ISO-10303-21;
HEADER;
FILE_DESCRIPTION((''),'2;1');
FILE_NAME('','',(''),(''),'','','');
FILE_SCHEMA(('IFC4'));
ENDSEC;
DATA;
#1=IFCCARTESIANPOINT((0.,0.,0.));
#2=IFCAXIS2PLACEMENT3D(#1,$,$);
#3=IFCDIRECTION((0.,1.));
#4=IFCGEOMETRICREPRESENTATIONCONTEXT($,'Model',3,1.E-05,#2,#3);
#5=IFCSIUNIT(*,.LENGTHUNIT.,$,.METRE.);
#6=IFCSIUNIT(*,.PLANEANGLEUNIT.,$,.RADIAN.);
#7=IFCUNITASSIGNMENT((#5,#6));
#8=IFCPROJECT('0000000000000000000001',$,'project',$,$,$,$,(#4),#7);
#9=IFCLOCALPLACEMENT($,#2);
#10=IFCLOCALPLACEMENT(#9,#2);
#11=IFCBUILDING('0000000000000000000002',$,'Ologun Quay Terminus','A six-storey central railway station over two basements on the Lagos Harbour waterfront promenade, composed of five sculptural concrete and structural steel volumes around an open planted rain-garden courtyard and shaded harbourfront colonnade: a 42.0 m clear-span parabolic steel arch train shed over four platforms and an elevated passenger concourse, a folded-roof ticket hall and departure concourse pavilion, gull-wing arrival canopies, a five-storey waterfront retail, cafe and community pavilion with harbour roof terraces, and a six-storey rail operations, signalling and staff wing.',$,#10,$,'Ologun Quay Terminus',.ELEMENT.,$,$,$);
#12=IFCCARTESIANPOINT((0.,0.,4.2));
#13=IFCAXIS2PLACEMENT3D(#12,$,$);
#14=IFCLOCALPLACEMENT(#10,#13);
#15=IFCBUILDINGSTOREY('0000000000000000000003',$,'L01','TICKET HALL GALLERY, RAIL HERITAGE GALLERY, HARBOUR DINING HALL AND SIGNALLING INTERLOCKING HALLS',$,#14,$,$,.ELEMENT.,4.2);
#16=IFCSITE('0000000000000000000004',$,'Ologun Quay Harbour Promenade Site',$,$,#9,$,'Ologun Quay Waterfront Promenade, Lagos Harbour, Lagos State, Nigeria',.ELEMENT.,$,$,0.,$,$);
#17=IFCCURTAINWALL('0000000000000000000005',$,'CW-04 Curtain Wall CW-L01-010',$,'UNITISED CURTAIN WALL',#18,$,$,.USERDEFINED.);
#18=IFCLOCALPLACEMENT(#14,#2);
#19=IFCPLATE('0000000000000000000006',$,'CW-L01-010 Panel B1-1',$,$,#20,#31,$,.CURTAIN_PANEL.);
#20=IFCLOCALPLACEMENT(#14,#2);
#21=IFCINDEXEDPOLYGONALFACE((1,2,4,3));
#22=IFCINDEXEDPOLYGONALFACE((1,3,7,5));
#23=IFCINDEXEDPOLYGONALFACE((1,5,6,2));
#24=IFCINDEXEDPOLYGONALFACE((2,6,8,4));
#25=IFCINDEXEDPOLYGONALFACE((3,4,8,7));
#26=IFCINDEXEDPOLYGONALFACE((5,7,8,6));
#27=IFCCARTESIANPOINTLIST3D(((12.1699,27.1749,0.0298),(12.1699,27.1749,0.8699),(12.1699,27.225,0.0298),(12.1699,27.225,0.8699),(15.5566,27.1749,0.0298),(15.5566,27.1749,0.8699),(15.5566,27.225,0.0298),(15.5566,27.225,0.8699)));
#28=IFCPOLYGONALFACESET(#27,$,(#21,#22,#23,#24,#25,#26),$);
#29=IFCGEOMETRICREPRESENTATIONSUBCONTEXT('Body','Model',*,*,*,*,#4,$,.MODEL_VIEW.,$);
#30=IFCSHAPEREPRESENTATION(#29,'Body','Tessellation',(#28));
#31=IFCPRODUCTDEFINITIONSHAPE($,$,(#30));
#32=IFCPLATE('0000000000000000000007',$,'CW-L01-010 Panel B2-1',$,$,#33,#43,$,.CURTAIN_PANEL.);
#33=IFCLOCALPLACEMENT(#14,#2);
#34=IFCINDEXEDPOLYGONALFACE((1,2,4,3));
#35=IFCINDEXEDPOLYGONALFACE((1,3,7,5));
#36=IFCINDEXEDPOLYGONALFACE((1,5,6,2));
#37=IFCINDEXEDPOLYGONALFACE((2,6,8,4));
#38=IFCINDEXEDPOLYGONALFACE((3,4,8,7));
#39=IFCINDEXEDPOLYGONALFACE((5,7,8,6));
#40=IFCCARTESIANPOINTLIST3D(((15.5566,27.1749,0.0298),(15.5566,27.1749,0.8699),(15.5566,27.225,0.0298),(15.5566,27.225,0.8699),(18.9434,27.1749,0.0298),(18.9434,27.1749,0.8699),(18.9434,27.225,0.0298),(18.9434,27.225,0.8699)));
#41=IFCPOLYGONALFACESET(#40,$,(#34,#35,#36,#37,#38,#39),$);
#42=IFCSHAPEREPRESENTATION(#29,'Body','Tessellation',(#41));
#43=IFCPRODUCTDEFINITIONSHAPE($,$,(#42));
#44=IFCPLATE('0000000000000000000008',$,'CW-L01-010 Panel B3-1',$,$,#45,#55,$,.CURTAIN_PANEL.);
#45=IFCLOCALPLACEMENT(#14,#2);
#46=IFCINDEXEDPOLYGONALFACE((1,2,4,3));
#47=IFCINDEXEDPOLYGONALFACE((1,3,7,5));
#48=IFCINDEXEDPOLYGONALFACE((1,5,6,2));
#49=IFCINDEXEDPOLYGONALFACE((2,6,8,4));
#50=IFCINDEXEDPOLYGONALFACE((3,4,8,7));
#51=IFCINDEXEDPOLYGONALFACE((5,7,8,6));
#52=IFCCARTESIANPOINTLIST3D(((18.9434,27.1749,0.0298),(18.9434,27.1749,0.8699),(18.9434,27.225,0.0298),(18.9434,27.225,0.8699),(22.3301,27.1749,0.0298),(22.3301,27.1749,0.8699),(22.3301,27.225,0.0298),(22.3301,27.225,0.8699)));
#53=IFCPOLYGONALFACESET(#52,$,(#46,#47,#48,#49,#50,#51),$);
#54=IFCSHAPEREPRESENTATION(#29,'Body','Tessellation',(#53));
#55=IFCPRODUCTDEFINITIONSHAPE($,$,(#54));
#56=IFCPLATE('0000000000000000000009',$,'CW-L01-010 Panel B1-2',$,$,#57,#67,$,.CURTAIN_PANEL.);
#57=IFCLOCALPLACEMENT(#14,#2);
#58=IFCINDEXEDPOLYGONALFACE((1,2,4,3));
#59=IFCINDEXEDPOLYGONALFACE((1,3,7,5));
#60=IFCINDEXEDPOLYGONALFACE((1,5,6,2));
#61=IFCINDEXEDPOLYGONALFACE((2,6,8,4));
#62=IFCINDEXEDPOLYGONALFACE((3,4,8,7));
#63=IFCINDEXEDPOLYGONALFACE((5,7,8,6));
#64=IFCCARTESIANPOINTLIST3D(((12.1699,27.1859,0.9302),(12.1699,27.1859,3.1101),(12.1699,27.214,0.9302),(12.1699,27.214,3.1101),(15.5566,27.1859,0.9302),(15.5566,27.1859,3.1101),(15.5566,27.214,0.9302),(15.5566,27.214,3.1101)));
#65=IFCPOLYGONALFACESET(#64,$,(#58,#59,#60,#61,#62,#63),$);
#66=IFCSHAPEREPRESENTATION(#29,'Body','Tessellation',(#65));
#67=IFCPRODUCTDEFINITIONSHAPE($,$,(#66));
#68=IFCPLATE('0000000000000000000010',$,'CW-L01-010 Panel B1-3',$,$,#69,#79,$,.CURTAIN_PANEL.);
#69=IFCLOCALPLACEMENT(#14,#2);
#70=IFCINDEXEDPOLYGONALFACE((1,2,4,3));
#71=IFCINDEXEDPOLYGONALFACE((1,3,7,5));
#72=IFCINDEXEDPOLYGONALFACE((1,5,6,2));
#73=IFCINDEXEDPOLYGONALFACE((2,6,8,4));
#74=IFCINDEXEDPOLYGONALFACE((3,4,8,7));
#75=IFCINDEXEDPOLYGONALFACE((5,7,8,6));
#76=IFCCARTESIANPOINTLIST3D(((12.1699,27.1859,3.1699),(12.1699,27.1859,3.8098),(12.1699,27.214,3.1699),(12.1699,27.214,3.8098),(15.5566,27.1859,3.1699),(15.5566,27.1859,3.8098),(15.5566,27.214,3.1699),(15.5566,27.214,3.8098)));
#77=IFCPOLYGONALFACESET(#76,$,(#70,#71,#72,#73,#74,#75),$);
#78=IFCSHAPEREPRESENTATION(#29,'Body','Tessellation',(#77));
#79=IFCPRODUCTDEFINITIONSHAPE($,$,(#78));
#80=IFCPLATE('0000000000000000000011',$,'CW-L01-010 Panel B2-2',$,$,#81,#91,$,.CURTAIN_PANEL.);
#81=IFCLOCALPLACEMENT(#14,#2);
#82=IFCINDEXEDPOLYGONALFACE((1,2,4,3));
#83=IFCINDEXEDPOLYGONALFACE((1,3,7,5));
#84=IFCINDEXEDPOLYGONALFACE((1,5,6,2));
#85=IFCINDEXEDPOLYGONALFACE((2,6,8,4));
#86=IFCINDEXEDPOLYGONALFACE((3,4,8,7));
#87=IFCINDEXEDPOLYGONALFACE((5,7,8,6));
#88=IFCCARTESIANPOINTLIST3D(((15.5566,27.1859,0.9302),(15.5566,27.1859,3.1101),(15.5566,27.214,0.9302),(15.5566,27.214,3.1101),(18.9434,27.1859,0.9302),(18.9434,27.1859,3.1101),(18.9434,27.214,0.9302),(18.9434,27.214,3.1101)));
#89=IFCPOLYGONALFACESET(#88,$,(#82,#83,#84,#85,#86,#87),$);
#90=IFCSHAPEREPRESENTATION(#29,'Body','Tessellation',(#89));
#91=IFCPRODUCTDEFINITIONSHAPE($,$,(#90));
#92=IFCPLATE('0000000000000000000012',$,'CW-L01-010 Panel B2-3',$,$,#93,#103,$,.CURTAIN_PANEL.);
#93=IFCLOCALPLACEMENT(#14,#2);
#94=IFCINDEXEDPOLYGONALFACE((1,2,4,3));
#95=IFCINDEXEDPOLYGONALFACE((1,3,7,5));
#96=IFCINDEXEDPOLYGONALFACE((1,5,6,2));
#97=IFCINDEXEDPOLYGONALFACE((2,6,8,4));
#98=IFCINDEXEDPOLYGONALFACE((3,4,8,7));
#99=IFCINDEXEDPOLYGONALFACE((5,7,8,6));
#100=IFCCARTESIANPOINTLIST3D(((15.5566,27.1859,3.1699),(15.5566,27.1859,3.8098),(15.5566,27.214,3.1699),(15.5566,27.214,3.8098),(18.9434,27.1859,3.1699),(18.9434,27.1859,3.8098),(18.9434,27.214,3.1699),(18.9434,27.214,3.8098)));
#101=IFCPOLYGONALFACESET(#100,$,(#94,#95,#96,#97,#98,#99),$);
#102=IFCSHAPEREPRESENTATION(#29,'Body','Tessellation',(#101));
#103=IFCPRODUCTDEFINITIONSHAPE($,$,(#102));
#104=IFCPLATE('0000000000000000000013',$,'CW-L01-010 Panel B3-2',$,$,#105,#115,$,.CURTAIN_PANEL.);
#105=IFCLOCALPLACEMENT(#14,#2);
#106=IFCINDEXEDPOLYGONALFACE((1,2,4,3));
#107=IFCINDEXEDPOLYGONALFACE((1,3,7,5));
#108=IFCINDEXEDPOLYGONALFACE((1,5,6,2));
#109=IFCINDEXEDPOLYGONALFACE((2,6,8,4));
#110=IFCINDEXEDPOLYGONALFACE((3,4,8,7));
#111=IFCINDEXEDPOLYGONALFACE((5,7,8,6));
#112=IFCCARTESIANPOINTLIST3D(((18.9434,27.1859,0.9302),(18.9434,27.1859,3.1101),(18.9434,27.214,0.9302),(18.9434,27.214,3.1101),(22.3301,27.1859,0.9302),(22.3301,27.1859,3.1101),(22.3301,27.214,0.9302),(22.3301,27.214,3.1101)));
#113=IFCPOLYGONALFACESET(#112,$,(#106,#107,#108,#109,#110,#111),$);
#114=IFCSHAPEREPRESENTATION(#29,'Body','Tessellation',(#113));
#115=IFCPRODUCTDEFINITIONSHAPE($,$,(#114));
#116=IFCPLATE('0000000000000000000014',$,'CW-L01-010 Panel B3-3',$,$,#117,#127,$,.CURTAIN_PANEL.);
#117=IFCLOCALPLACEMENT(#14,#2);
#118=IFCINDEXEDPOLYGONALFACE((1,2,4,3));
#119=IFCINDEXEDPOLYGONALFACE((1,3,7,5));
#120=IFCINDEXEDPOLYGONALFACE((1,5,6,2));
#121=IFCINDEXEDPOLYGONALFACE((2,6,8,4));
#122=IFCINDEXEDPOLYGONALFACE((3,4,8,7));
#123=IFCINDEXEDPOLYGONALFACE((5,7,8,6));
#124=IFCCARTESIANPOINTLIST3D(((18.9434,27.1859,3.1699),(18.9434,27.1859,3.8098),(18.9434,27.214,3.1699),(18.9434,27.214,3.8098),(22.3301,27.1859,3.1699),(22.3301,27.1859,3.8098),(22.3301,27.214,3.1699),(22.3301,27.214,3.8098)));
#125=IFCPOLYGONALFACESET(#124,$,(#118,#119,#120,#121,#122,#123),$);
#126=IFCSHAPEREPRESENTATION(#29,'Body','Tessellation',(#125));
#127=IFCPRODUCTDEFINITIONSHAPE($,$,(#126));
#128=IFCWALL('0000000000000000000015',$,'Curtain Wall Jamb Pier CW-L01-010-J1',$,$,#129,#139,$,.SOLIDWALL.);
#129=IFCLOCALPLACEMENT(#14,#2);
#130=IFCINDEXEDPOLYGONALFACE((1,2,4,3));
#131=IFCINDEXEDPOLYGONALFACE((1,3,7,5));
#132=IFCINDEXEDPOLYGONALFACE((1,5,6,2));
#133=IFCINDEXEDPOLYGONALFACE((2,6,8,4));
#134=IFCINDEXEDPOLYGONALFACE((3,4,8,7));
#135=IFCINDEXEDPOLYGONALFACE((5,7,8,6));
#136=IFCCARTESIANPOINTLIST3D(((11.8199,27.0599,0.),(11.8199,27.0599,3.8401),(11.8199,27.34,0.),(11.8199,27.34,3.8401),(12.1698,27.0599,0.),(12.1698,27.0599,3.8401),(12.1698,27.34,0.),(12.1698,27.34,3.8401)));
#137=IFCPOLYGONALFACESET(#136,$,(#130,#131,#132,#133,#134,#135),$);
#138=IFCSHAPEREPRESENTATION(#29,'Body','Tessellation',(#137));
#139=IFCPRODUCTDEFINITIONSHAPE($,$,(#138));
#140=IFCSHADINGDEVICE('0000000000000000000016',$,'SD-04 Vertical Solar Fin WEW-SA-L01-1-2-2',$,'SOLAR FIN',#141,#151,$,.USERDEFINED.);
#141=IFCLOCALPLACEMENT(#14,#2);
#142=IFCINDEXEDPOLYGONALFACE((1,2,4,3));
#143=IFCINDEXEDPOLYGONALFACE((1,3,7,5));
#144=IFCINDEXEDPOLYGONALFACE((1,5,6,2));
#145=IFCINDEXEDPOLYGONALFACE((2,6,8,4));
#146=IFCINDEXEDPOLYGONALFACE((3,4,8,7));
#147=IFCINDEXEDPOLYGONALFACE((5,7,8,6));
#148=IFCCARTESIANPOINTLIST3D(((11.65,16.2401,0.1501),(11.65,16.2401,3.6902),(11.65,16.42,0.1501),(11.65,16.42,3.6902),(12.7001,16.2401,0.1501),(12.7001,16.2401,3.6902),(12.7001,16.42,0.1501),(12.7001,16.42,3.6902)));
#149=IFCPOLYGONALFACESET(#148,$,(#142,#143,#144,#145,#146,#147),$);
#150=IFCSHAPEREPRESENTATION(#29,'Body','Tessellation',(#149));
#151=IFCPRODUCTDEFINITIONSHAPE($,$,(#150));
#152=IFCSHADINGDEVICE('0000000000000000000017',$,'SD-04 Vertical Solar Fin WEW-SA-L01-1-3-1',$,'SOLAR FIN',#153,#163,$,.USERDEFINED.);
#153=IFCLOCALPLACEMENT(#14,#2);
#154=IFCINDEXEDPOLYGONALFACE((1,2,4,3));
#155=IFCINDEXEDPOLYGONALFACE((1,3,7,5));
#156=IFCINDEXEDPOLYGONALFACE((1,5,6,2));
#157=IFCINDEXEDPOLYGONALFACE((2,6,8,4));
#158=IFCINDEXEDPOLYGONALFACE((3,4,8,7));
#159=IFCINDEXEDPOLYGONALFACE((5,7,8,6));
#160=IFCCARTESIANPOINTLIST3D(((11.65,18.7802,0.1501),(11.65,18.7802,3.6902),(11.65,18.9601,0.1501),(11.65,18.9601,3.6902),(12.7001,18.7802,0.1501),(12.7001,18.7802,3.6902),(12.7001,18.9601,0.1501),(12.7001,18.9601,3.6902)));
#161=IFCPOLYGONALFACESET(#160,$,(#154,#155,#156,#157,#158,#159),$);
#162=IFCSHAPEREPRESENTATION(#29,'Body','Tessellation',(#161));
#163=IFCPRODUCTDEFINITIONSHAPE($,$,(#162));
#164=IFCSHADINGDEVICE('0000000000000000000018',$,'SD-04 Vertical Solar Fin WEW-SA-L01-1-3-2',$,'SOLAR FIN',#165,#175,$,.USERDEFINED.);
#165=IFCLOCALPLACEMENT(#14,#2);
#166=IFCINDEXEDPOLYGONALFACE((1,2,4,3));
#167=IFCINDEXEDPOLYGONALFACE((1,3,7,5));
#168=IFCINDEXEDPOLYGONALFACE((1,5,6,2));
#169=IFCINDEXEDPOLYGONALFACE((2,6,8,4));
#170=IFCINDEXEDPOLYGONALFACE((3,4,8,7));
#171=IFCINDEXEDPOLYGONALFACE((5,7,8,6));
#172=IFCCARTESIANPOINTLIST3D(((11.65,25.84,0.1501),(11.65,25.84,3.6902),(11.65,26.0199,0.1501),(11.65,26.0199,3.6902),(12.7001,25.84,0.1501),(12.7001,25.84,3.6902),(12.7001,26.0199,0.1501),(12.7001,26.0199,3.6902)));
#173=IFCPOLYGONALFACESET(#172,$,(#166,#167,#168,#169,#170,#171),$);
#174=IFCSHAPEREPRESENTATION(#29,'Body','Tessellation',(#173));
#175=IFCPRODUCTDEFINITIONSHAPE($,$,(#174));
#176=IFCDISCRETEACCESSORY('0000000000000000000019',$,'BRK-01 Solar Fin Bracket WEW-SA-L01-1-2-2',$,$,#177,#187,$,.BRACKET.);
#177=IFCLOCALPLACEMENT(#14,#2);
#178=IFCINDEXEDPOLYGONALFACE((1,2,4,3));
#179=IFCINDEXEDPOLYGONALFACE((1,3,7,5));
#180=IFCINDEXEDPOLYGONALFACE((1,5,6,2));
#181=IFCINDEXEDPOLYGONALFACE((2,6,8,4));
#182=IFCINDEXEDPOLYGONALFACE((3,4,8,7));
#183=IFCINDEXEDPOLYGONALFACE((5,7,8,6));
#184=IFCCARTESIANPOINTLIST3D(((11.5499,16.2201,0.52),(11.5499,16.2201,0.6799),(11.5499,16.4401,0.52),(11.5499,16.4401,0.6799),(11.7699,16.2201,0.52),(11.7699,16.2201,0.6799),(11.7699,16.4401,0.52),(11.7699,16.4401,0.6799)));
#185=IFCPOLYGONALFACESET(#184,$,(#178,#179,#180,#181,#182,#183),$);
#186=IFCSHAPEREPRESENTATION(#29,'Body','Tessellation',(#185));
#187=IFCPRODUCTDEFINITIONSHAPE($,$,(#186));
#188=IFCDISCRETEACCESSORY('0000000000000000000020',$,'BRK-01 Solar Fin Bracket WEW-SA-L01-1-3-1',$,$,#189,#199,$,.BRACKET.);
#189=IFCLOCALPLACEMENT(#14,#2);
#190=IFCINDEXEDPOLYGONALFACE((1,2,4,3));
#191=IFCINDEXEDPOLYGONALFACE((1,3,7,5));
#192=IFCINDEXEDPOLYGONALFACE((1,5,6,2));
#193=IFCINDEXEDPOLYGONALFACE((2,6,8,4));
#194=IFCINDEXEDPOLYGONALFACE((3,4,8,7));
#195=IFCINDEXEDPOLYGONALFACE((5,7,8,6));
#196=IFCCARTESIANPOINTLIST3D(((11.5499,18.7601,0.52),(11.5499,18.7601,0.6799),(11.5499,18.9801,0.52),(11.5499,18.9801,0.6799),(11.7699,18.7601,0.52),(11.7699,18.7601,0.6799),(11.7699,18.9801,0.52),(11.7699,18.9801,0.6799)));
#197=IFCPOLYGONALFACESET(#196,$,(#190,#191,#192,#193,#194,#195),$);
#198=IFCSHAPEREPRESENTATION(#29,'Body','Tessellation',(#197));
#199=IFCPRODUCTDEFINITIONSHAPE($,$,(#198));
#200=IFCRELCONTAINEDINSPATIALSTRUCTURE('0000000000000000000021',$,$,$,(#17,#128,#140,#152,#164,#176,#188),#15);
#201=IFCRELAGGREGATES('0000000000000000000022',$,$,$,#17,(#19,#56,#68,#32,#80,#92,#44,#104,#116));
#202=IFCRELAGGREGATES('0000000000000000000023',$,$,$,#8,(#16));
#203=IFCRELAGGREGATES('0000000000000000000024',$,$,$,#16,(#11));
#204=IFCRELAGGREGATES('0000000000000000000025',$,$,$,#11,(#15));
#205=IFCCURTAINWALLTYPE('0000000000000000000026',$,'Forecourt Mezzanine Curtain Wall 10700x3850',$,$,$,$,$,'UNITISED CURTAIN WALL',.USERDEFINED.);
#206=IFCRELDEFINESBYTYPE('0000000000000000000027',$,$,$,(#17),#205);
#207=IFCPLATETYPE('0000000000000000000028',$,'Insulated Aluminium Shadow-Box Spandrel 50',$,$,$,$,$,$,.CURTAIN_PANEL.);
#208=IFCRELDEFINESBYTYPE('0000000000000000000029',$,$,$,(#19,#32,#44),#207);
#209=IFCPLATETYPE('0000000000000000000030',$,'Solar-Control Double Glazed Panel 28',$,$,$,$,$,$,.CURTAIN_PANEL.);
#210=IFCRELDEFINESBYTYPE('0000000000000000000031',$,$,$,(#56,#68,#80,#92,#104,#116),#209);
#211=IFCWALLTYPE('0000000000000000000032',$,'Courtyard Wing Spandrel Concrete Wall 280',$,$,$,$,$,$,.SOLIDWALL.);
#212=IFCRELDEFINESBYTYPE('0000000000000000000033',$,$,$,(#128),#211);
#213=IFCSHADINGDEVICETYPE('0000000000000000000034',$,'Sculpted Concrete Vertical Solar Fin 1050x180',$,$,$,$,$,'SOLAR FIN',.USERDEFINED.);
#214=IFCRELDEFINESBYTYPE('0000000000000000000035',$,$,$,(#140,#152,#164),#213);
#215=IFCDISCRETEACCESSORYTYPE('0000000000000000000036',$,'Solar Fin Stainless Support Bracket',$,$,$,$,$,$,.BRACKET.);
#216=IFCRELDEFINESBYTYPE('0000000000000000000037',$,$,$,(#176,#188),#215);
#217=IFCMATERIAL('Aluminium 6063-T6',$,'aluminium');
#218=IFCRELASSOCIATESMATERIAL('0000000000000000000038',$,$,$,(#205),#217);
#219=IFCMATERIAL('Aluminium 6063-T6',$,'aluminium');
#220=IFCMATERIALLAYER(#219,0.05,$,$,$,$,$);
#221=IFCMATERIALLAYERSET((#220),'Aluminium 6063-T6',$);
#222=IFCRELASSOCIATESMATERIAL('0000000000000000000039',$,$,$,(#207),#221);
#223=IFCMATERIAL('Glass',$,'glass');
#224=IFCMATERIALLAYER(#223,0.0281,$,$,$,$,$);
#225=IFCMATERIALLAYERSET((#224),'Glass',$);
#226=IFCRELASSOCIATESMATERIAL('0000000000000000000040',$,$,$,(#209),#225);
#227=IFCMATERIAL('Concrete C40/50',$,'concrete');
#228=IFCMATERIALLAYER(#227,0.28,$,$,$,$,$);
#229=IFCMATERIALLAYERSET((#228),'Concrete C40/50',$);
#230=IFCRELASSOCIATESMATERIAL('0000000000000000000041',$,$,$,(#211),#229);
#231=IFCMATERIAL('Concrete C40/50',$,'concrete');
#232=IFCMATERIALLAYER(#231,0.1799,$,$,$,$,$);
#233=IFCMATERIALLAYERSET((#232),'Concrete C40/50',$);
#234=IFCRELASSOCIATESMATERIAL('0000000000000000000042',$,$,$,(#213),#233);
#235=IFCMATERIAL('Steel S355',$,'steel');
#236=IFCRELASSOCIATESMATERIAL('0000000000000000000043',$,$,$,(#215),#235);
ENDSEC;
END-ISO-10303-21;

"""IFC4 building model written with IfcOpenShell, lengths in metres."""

from ifc_helpers import new_model, si_unit, direction, frame, frame_2d, origin, origin_2d, place, context, subcontext, project, spatial, rectangle, extrude, material, layer, layer_set, type_object, element, aggregate, save


model = new_model("IFC4")

# Units and contexts
model_context = context("Model", 3, precision=1e-05, world=origin(), true_north=direction((0.0, 1.0)))
body_context = subcontext(model_context, "Body", "Model", "MODEL_VIEW")
ifc_project = project(units=[si_unit("LENGTHUNIT", "METRE"), si_unit("PLANEANGLEUNIT", "RADIAN")], contexts=[model_context])

# Site, building, storey
site_placement = place(None, origin())
site = spatial("IfcSite", under=ifc_project, at=site_placement, Name="Ologun Quay Harbour Promenade Site", LongName="Ologun Quay Waterfront Promenade, Lagos Harbour, Lagos State, Nigeria", CompositionType="ELEMENT", RefElevation=0.0)
building_placement = place(site_placement, origin())
building = spatial("IfcBuilding", under=site, at=building_placement, Name="Ologun Quay Terminus", Description="A six-storey central railway station over two basements on the Lagos Harbour waterfront promenade, composed of five sculptural concrete and structural steel volumes around an open planted rain-garden courtyard and shaded harbourfront colonnade: a 42.0 m clear-span parabolic steel arch train shed over four platforms and an elevated passenger concourse, a folded-roof ticket hall and departure concourse pavilion, gull-wing arrival canopies, a five-storey waterfront retail, cafe and community pavilion with harbour roof terraces, and a six-storey rail operations, signalling and staff wing.", LongName="Ologun Quay Terminus", CompositionType="ELEMENT")
storey_placement = place(building_placement, frame((0.0, 0.0, 4.2)))
storey = spatial("IfcBuildingStorey", under=building, at=storey_placement, Name="L01", Description="TICKET HALL GALLERY, RAIL HERITAGE GALLERY, HARBOUR DINING HALL AND SIGNALLING INTERLOCKING HALLS", CompositionType="ELEMENT", Elevation=4.2)

# Curtain wall
ifc_material_1 = material(Name="Aluminium 6063-T6", Category="aluminium")
curtain_wall_type = type_object("IfcCurtainWallType", Name="Forecourt Mezzanine Curtain Wall 10700x3850", ElementType="UNITISED CURTAIN WALL", PredefinedType="USERDEFINED", material=ifc_material_1)
curtain_wall_placement = place(storey_placement, origin())
curtain_wall = element("IfcCurtainWall", 1, at=curtain_wall_placement, inside=storey, type_object=curtain_wall_type, Name="CW-04 Curtain Wall CW-L01-010", ObjectType="UNITISED CURTAIN WALL", PredefinedType="USERDEFINED")

# Plates
ifc_material_2 = material(Name="Aluminium 6063-T6", Category="aluminium")
ifc_layer_1 = layer(ifc_material_2, 0.05)
ifc_layer_set_1 = layer_set([ifc_layer_1], Name="Aluminium 6063-T6")
plate_type_1 = type_object("IfcPlateType", Name="Insulated Aluminium Shadow-Box Spandrel 50", PredefinedType="CURTAIN_PANEL", material=ifc_layer_set_1)
plate_1_placement = place(storey_placement, frame((13.8633, 27.2, 0.0298), z_axis=(0.0, 0.0, 1.0), x_axis=(1.0, 0.0, 0.0)))
plate_1 = element("IfcPlate", 2, at=plate_1_placement, type_object=plate_type_1, Name="CW-L01-010 Panel B1-1", PredefinedType="CURTAIN_PANEL", context=body_context, shape_type="SweptSolid", body=[
    extrude(rectangle(XDim=3.3867, YDim=0.05, at=origin_2d()), origin(), (0.0, 0.0, 1.0), 0.8401),
])
plate_2_placement = place(storey_placement, frame((17.25, 27.2, 0.0298), z_axis=(0.0, 0.0, 1.0), x_axis=(1.0, 0.0, 0.0)))
plate_2 = element("IfcPlate", 3, at=plate_2_placement, type_object=plate_type_1, Name="CW-L01-010 Panel B2-1", PredefinedType="CURTAIN_PANEL", context=body_context, shape_type="SweptSolid", body=[
    extrude(rectangle(XDim=3.3867, YDim=0.05, at=origin_2d()), origin(), (0.0, 0.0, 1.0), 0.8401),
])
plate_3_placement = place(storey_placement, frame((20.6367, 27.2, 0.0298), z_axis=(0.0, 0.0, 1.0), x_axis=(1.0, 0.0, 0.0)))
plate_3 = element("IfcPlate", 4, at=plate_3_placement, type_object=plate_type_1, Name="CW-L01-010 Panel B3-1", PredefinedType="CURTAIN_PANEL", context=body_context, shape_type="SweptSolid", body=[
    extrude(rectangle(XDim=3.3867, YDim=0.05, at=origin_2d()), origin(), (0.0, 0.0, 1.0), 0.8401),
])
ifc_material_3 = material(Name="Glass", Category="glass")
ifc_layer_2 = layer(ifc_material_3, 0.0281)
ifc_layer_set_2 = layer_set([ifc_layer_2], Name="Glass")
plate_type_2 = type_object("IfcPlateType", Name="Solar-Control Double Glazed Panel 28", PredefinedType="CURTAIN_PANEL", material=ifc_layer_set_2)
plate_4_placement = place(storey_placement, frame((13.8633, 27.2, 0.9302), z_axis=(0.0, 0.0, 1.0), x_axis=(1.0, 0.0, 0.0)))
plate_4 = element("IfcPlate", 5, at=plate_4_placement, type_object=plate_type_2, Name="CW-L01-010 Panel B1-2", PredefinedType="CURTAIN_PANEL", context=body_context, shape_type="SweptSolid", body=[
    extrude(rectangle(XDim=3.3867, YDim=0.0281, at=origin_2d()), origin(), (0.0, 0.0, 1.0), 2.1799),
])
plate_5_placement = place(storey_placement, frame((13.8633, 27.2, 3.1699), z_axis=(0.0, 0.0, 1.0), x_axis=(1.0, 0.0, 0.0)))
plate_5 = element("IfcPlate", 6, at=plate_5_placement, type_object=plate_type_2, Name="CW-L01-010 Panel B1-3", PredefinedType="CURTAIN_PANEL", context=body_context, shape_type="SweptSolid", body=[
    extrude(rectangle(XDim=3.3867, YDim=0.0281, at=origin_2d()), origin(), (0.0, 0.0, 1.0), 0.6399),
])
plate_6_placement = place(storey_placement, frame((17.25, 27.2, 0.9302), z_axis=(0.0, 0.0, 1.0), x_axis=(1.0, 0.0, 0.0)))
plate_6 = element("IfcPlate", 7, at=plate_6_placement, type_object=plate_type_2, Name="CW-L01-010 Panel B2-2", PredefinedType="CURTAIN_PANEL", context=body_context, shape_type="SweptSolid", body=[
    extrude(rectangle(XDim=3.3867, YDim=0.0281, at=origin_2d()), origin(), (0.0, 0.0, 1.0), 2.1799),
])
plate_7_placement = place(storey_placement, frame((17.25, 27.2, 3.1699), z_axis=(0.0, 0.0, 1.0), x_axis=(1.0, 0.0, 0.0)))
plate_7 = element("IfcPlate", 8, at=plate_7_placement, type_object=plate_type_2, Name="CW-L01-010 Panel B2-3", PredefinedType="CURTAIN_PANEL", context=body_context, shape_type="SweptSolid", body=[
    extrude(rectangle(XDim=3.3867, YDim=0.0281, at=origin_2d()), origin(), (0.0, 0.0, 1.0), 0.6399),
])
plate_8_placement = place(storey_placement, frame((20.6367, 27.2, 0.9302), z_axis=(0.0, 0.0, 1.0), x_axis=(1.0, 0.0, 0.0)))
plate_8 = element("IfcPlate", 9, at=plate_8_placement, type_object=plate_type_2, Name="CW-L01-010 Panel B3-2", PredefinedType="CURTAIN_PANEL", context=body_context, shape_type="SweptSolid", body=[
    extrude(rectangle(XDim=3.3867, YDim=0.0281, at=origin_2d()), origin(), (0.0, 0.0, 1.0), 2.1799),
])
plate_9_placement = place(storey_placement, frame((20.6367, 27.2, 3.1699), z_axis=(0.0, 0.0, 1.0), x_axis=(1.0, 0.0, 0.0)))
plate_9 = element("IfcPlate", 10, at=plate_9_placement, type_object=plate_type_2, Name="CW-L01-010 Panel B3-3", PredefinedType="CURTAIN_PANEL", context=body_context, shape_type="SweptSolid", body=[
    extrude(rectangle(XDim=3.3867, YDim=0.0281, at=origin_2d()), origin(), (0.0, 0.0, 1.0), 0.6399),
])
aggregate(curtain_wall, [plate_1, plate_4, plate_5, plate_2, plate_6, plate_7, plate_3, plate_8, plate_9])

# Wall
ifc_material_4 = material(Name="Concrete C40/50", Category="concrete")
ifc_layer_3 = layer(ifc_material_4, 0.28)
ifc_layer_set_3 = layer_set([ifc_layer_3], Name="Concrete C40/50")
wall_type = type_object("IfcWallType", Name="Courtyard Wing Spandrel Concrete Wall 280", PredefinedType="SOLIDWALL", material=ifc_layer_set_3)
wall_placement = place(storey_placement, frame((11.8201, 27.2, 0.0), z_axis=(0.0, 0.0, 1.0), x_axis=(1.0, 0.0, 0.0)))
element("IfcWall", 11, at=wall_placement, inside=storey, type_object=wall_type, Name="Curtain Wall Jamb Pier CW-L01-010-J1", PredefinedType="SOLIDWALL", context=body_context, shape_type="SweptSolid", body=[
    extrude(rectangle(XDim=0.3499, YDim=0.28, at=frame_2d((0.1748, 0.0))), origin(), (0.0, 0.0, 1.0), 3.8401),
])

# Shading devices
ifc_material_5 = material(Name="Concrete C40/50", Category="concrete")
ifc_layer_4 = layer(ifc_material_5, 0.1799)
ifc_layer_set_4 = layer_set([ifc_layer_4], Name="Concrete C40/50")
shading_device_type = type_object("IfcShadingDeviceType", Name="Sculpted Concrete Vertical Solar Fin 1050x180", ElementType="SOLAR FIN", PredefinedType="USERDEFINED", material=ifc_layer_set_4)
for number, where, z_axis, x_axis, name in (
    (12, (12.175, 16.3301, 0.1501), (0.0, 0.0, 1.0), (1.0, 0.0, 0.0), "SD-04 Vertical Solar Fin WEW-SA-L01-1-2-2"),
    (13, (12.175, 18.8701, 0.1501), (0.0, 0.0, 1.0), (1.0, 0.0, 0.0), "SD-04 Vertical Solar Fin WEW-SA-L01-1-3-1"),
    (14, (12.175, 25.9299, 0.1501), (0.0, 0.0, 1.0), (1.0, 0.0, 0.0), "SD-04 Vertical Solar Fin WEW-SA-L01-1-3-2"),
):
    element("IfcShadingDevice", number, at=place(storey_placement, frame(where, z_axis=z_axis, x_axis=x_axis)), inside=storey, type_object=shading_device_type, Name=name, ObjectType="SOLAR FIN", PredefinedType="USERDEFINED", context=body_context, shape_type="SweptSolid", body=[
        extrude(rectangle(XDim=1.05, YDim=0.1799, at=origin_2d()), origin(), (0.0, 0.0, 1.0), 3.54),
    ])

# Discrete accessories
ifc_material_6 = material(Name="Steel S355", Category="steel")
discrete_accessory_type = type_object("IfcDiscreteAccessoryType", Name="Solar Fin Stainless Support Bracket", PredefinedType="BRACKET", material=ifc_material_6)
for number, where, z_axis, x_axis, name in (
    (15, (11.6599, 16.3301, 0.52), (0.0, 0.0, 1.0), (1.0, 0.0, 0.0), "BRK-01 Solar Fin Bracket WEW-SA-L01-1-2-2"),
    (16, (11.6599, 18.8701, 0.52), (0.0, 0.0, 1.0), (1.0, 0.0, 0.0), "BRK-01 Solar Fin Bracket WEW-SA-L01-1-3-1"),
):
    element("IfcDiscreteAccessory", number, at=place(storey_placement, frame(where, z_axis=z_axis, x_axis=x_axis)), inside=storey, type_object=discrete_accessory_type, Name=name, PredefinedType="BRACKET", context=body_context, shape_type="SweptSolid", body=[
        extrude(rectangle(XDim=0.22, YDim=0.22, at=origin_2d()), origin(), (0.0, 0.0, 1.0), 0.1599),
    ])

save(model, "model.ifc")
